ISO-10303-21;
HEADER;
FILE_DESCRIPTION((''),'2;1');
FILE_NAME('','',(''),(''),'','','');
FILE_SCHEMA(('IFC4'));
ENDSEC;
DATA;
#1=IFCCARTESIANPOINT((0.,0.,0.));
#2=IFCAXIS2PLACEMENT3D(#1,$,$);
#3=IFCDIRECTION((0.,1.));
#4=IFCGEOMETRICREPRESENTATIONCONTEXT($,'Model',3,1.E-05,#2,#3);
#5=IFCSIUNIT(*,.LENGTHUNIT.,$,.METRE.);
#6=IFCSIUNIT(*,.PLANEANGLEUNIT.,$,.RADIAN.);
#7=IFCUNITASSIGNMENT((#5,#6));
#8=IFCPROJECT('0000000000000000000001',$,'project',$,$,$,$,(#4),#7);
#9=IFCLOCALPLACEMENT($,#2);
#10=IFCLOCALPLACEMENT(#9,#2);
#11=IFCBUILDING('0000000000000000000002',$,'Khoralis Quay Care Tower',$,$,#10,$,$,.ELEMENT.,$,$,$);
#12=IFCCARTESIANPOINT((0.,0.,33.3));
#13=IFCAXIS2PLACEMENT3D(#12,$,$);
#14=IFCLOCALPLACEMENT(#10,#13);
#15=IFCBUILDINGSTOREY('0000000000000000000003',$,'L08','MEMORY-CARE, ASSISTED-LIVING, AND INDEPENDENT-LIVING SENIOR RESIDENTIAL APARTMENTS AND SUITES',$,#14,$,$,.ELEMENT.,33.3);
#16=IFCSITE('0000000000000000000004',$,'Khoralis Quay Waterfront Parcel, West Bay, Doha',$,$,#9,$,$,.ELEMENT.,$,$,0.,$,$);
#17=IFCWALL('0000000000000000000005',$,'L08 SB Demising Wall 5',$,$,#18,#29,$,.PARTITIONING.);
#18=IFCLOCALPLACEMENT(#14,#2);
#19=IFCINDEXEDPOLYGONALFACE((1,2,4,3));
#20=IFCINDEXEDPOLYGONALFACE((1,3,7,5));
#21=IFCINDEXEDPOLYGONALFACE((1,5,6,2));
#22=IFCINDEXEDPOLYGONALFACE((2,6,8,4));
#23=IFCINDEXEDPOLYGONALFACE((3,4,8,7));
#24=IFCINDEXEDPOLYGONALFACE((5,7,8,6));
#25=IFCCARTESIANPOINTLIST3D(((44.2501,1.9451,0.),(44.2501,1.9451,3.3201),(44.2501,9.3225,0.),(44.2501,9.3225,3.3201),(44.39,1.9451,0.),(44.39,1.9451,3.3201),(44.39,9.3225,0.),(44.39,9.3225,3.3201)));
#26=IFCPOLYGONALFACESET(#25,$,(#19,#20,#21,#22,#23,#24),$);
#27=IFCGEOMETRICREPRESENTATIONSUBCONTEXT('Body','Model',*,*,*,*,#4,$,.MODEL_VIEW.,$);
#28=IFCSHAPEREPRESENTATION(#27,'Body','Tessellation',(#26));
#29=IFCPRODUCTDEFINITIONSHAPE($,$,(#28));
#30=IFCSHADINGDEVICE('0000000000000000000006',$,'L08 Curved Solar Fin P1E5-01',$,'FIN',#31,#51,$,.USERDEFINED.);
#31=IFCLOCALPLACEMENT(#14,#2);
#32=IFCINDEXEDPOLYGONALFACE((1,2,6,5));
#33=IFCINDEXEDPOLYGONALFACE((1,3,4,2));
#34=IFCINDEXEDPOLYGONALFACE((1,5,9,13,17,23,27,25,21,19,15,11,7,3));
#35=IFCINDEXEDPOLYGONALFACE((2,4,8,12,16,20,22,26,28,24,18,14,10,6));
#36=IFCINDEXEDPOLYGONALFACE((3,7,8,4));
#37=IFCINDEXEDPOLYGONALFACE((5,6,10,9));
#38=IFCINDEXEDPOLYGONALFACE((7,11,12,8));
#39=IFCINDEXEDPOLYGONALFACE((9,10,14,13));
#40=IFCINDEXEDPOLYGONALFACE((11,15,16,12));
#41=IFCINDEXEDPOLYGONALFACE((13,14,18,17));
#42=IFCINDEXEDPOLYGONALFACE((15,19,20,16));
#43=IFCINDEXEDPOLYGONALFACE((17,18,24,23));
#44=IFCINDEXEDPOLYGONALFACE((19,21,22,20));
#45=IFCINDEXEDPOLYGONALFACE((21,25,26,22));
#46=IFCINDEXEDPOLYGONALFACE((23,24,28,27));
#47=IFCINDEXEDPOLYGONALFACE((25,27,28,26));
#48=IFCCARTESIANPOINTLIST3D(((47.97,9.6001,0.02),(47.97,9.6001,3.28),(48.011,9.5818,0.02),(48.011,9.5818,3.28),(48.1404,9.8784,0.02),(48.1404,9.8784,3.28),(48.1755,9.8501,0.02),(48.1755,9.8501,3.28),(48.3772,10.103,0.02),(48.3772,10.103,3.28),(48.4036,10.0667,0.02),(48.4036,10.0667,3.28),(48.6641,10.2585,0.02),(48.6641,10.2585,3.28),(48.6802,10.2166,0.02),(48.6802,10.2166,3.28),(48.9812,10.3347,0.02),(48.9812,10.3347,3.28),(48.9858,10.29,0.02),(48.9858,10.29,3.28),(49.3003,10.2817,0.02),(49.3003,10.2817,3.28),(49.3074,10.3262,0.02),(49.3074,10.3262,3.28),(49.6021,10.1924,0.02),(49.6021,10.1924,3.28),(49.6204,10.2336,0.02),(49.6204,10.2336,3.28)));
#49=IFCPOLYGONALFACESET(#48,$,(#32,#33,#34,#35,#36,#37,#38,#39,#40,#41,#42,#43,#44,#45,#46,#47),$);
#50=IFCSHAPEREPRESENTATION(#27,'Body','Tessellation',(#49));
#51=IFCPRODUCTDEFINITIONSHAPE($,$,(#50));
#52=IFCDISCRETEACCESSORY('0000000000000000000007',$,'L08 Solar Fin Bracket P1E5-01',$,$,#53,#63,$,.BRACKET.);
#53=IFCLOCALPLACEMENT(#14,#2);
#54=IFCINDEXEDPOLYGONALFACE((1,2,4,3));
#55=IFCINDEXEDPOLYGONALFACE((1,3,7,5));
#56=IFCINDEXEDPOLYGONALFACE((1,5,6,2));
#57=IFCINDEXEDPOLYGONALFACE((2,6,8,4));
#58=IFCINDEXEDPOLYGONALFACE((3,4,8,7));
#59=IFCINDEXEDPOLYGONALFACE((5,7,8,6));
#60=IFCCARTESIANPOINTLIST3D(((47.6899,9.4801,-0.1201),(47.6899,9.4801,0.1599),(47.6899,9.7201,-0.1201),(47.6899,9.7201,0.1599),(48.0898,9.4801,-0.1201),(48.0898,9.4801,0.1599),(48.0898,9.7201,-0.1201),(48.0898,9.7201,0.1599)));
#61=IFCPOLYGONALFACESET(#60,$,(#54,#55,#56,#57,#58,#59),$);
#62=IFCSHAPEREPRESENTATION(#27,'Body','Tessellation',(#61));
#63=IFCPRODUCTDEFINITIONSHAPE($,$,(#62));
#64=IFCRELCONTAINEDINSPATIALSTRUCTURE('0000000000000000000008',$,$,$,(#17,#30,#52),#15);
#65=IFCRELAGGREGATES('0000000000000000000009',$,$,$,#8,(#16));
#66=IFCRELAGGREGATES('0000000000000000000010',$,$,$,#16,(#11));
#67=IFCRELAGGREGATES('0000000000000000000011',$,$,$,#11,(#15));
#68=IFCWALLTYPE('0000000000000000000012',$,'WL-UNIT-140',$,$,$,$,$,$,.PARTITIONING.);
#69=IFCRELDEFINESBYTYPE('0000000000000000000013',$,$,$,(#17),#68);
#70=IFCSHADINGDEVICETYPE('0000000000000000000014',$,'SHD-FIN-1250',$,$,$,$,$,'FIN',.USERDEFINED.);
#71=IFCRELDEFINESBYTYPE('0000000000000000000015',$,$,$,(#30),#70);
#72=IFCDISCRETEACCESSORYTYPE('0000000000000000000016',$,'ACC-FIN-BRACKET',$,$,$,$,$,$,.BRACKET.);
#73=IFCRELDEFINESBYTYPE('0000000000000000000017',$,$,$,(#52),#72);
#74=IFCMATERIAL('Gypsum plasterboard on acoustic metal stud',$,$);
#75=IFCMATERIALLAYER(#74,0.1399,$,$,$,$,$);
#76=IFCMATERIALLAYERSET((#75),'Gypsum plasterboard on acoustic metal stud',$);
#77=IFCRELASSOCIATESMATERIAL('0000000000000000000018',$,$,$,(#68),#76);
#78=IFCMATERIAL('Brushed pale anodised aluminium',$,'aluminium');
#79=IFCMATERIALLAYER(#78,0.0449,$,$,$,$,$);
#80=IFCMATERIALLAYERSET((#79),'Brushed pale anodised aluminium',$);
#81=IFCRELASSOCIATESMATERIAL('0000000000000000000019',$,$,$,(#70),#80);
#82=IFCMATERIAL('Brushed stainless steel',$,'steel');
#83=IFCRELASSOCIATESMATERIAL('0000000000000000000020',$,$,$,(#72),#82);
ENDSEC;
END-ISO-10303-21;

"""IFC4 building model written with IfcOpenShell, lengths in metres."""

from ifc_helpers import new_model, si_unit, direction, frame, frame_2d, origin, origin_2d, place, context, subcontext, project, spatial, polyline, rectangle, outline, extrude, source, transform, mapped, material, layer, layer_set, type_object, element, save


model = new_model("IFC4")

# Units and contexts
model_context = context("Model", 3, precision=1e-05, world=origin(), true_north=direction((0.0, 1.0)))
body_context = subcontext(model_context, "Body", "Model", "MODEL_VIEW")
ifc_project = project(units=[si_unit("LENGTHUNIT", "METRE"), si_unit("PLANEANGLEUNIT", "RADIAN")], contexts=[model_context])

# Site, building, storey
site_placement = place(None, origin())
site = spatial("IfcSite", under=ifc_project, at=site_placement, Name="Khoralis Quay Waterfront Parcel, West Bay, Doha", CompositionType="ELEMENT", RefElevation=0.0)
building_placement = place(site_placement, origin())
building = spatial("IfcBuilding", under=site, at=building_placement, Name="Khoralis Quay Care Tower", CompositionType="ELEMENT")
storey_placement = place(building_placement, frame((0.0, 0.0, 33.3)))
storey = spatial("IfcBuildingStorey", under=building, at=storey_placement, Name="L08", Description="MEMORY-CARE, ASSISTED-LIVING, AND INDEPENDENT-LIVING SENIOR RESIDENTIAL APARTMENTS AND SUITES", CompositionType="ELEMENT", Elevation=33.3)

# Shared definitions
ifc_material_1 = material(Name="Gypsum plasterboard on acoustic metal stud")

# Wall
ifc_layer_1 = layer(ifc_material_1, 0.1399)
ifc_layer_set_1 = layer_set([ifc_layer_1], Name="Gypsum plasterboard on acoustic metal stud")
wall_type_1 = type_object("IfcWallType", Name="WL-UNIT-140", PredefinedType="PARTITIONING", material=ifc_layer_set_1)
wall_1_placement = place(storey_placement, frame((44.3201, 1.9451, 0.0), z_axis=(0.0, 0.0, 1.0), x_axis=(0.0, 1.0, 0.0)))
element("IfcWall", 1, at=wall_1_placement, inside=storey, type_object=wall_type_1, Name="L08 SB Demising Wall 5", PredefinedType="PARTITIONING", context=body_context, shape_type="SweptSolid", body=[
    extrude(rectangle(XDim=7.3774, YDim=0.1399, at=frame_2d((3.6887, 0.0))), origin(), (0.0, 0.0, 1.0), 3.3201),
])

# Shading device
ifc_material_2 = material(Name="Brushed pale anodised aluminium", Category="aluminium")
ifc_layer_2 = layer(ifc_material_2, 0.0449)
ifc_layer_set_2 = layer_set([ifc_layer_2], Name="Brushed pale anodised aluminium")
shading_device_type = type_object("IfcShadingDeviceType", Name="SHD-FIN-1250", ElementType="FIN", PredefinedType="USERDEFINED", material=ifc_layer_set_2)
shared_shape_1 = source(origin(), body_context, "Body", "SweptSolid", [
    extrude(outline(polyline([(0.0, 0.0), (0.1704, 0.2783), (0.4072, 0.5029), (0.6941, 0.6584), (1.0112, 0.7346), (1.3374, 0.7261), (1.6504, 0.6335), (1.6321, 0.5923), (1.3303, 0.6816), (1.0159, 0.6899), (0.7102, 0.6165), (0.4336, 0.4666), (0.2056, 0.25), (0.041, -0.0183), (0.0, 0.0)])), origin(), (0.0, 0.0, 1.0), 3.26),
])
shading_device_placement = place(storey_placement, frame((47.97, 9.6001, 0.02), z_axis=(0.0, 0.0, 1.0), x_axis=(1.0, 0.0, 0.0)))
element("IfcShadingDevice", 2, at=shading_device_placement, inside=storey, type_object=shading_device_type, Name="L08 Curved Solar Fin P1E5-01", ObjectType="FIN", PredefinedType="USERDEFINED", context=body_context, shape_type="MappedRepresentation", body=[
    mapped(shared_shape_1, transform((0.0, 0.0, 0.0), scale=1.0)),
])

# Discrete accessory
ifc_material_3 = material(Name="Brushed stainless steel", Category="steel")
discrete_accessory_type = type_object("IfcDiscreteAccessoryType", Name="ACC-FIN-BRACKET", PredefinedType="BRACKET", material=ifc_material_3)
shared_shape_2 = source(origin(), body_context, "Body", "SweptSolid", [
    extrude(rectangle(XDim=0.3999, YDim=0.24, at=origin_2d()), origin(), (0.0, 0.0, 1.0), 0.28),
])
discrete_accessory_placement = place(storey_placement, frame((47.8899, 9.6001, -0.1201), z_axis=(0.0, 0.0, 1.0), x_axis=(1.0, 0.0, 0.0)))
element("IfcDiscreteAccessory", 3, at=discrete_accessory_placement, inside=storey, type_object=discrete_accessory_type, Name="L08 Solar Fin Bracket P1E5-01", PredefinedType="BRACKET", context=body_context, shape_type="MappedRepresentation", body=[
    mapped(shared_shape_2, transform((0.0, 0.0, 0.0), scale=1.0)),
])

save(model, "model.ifc")
